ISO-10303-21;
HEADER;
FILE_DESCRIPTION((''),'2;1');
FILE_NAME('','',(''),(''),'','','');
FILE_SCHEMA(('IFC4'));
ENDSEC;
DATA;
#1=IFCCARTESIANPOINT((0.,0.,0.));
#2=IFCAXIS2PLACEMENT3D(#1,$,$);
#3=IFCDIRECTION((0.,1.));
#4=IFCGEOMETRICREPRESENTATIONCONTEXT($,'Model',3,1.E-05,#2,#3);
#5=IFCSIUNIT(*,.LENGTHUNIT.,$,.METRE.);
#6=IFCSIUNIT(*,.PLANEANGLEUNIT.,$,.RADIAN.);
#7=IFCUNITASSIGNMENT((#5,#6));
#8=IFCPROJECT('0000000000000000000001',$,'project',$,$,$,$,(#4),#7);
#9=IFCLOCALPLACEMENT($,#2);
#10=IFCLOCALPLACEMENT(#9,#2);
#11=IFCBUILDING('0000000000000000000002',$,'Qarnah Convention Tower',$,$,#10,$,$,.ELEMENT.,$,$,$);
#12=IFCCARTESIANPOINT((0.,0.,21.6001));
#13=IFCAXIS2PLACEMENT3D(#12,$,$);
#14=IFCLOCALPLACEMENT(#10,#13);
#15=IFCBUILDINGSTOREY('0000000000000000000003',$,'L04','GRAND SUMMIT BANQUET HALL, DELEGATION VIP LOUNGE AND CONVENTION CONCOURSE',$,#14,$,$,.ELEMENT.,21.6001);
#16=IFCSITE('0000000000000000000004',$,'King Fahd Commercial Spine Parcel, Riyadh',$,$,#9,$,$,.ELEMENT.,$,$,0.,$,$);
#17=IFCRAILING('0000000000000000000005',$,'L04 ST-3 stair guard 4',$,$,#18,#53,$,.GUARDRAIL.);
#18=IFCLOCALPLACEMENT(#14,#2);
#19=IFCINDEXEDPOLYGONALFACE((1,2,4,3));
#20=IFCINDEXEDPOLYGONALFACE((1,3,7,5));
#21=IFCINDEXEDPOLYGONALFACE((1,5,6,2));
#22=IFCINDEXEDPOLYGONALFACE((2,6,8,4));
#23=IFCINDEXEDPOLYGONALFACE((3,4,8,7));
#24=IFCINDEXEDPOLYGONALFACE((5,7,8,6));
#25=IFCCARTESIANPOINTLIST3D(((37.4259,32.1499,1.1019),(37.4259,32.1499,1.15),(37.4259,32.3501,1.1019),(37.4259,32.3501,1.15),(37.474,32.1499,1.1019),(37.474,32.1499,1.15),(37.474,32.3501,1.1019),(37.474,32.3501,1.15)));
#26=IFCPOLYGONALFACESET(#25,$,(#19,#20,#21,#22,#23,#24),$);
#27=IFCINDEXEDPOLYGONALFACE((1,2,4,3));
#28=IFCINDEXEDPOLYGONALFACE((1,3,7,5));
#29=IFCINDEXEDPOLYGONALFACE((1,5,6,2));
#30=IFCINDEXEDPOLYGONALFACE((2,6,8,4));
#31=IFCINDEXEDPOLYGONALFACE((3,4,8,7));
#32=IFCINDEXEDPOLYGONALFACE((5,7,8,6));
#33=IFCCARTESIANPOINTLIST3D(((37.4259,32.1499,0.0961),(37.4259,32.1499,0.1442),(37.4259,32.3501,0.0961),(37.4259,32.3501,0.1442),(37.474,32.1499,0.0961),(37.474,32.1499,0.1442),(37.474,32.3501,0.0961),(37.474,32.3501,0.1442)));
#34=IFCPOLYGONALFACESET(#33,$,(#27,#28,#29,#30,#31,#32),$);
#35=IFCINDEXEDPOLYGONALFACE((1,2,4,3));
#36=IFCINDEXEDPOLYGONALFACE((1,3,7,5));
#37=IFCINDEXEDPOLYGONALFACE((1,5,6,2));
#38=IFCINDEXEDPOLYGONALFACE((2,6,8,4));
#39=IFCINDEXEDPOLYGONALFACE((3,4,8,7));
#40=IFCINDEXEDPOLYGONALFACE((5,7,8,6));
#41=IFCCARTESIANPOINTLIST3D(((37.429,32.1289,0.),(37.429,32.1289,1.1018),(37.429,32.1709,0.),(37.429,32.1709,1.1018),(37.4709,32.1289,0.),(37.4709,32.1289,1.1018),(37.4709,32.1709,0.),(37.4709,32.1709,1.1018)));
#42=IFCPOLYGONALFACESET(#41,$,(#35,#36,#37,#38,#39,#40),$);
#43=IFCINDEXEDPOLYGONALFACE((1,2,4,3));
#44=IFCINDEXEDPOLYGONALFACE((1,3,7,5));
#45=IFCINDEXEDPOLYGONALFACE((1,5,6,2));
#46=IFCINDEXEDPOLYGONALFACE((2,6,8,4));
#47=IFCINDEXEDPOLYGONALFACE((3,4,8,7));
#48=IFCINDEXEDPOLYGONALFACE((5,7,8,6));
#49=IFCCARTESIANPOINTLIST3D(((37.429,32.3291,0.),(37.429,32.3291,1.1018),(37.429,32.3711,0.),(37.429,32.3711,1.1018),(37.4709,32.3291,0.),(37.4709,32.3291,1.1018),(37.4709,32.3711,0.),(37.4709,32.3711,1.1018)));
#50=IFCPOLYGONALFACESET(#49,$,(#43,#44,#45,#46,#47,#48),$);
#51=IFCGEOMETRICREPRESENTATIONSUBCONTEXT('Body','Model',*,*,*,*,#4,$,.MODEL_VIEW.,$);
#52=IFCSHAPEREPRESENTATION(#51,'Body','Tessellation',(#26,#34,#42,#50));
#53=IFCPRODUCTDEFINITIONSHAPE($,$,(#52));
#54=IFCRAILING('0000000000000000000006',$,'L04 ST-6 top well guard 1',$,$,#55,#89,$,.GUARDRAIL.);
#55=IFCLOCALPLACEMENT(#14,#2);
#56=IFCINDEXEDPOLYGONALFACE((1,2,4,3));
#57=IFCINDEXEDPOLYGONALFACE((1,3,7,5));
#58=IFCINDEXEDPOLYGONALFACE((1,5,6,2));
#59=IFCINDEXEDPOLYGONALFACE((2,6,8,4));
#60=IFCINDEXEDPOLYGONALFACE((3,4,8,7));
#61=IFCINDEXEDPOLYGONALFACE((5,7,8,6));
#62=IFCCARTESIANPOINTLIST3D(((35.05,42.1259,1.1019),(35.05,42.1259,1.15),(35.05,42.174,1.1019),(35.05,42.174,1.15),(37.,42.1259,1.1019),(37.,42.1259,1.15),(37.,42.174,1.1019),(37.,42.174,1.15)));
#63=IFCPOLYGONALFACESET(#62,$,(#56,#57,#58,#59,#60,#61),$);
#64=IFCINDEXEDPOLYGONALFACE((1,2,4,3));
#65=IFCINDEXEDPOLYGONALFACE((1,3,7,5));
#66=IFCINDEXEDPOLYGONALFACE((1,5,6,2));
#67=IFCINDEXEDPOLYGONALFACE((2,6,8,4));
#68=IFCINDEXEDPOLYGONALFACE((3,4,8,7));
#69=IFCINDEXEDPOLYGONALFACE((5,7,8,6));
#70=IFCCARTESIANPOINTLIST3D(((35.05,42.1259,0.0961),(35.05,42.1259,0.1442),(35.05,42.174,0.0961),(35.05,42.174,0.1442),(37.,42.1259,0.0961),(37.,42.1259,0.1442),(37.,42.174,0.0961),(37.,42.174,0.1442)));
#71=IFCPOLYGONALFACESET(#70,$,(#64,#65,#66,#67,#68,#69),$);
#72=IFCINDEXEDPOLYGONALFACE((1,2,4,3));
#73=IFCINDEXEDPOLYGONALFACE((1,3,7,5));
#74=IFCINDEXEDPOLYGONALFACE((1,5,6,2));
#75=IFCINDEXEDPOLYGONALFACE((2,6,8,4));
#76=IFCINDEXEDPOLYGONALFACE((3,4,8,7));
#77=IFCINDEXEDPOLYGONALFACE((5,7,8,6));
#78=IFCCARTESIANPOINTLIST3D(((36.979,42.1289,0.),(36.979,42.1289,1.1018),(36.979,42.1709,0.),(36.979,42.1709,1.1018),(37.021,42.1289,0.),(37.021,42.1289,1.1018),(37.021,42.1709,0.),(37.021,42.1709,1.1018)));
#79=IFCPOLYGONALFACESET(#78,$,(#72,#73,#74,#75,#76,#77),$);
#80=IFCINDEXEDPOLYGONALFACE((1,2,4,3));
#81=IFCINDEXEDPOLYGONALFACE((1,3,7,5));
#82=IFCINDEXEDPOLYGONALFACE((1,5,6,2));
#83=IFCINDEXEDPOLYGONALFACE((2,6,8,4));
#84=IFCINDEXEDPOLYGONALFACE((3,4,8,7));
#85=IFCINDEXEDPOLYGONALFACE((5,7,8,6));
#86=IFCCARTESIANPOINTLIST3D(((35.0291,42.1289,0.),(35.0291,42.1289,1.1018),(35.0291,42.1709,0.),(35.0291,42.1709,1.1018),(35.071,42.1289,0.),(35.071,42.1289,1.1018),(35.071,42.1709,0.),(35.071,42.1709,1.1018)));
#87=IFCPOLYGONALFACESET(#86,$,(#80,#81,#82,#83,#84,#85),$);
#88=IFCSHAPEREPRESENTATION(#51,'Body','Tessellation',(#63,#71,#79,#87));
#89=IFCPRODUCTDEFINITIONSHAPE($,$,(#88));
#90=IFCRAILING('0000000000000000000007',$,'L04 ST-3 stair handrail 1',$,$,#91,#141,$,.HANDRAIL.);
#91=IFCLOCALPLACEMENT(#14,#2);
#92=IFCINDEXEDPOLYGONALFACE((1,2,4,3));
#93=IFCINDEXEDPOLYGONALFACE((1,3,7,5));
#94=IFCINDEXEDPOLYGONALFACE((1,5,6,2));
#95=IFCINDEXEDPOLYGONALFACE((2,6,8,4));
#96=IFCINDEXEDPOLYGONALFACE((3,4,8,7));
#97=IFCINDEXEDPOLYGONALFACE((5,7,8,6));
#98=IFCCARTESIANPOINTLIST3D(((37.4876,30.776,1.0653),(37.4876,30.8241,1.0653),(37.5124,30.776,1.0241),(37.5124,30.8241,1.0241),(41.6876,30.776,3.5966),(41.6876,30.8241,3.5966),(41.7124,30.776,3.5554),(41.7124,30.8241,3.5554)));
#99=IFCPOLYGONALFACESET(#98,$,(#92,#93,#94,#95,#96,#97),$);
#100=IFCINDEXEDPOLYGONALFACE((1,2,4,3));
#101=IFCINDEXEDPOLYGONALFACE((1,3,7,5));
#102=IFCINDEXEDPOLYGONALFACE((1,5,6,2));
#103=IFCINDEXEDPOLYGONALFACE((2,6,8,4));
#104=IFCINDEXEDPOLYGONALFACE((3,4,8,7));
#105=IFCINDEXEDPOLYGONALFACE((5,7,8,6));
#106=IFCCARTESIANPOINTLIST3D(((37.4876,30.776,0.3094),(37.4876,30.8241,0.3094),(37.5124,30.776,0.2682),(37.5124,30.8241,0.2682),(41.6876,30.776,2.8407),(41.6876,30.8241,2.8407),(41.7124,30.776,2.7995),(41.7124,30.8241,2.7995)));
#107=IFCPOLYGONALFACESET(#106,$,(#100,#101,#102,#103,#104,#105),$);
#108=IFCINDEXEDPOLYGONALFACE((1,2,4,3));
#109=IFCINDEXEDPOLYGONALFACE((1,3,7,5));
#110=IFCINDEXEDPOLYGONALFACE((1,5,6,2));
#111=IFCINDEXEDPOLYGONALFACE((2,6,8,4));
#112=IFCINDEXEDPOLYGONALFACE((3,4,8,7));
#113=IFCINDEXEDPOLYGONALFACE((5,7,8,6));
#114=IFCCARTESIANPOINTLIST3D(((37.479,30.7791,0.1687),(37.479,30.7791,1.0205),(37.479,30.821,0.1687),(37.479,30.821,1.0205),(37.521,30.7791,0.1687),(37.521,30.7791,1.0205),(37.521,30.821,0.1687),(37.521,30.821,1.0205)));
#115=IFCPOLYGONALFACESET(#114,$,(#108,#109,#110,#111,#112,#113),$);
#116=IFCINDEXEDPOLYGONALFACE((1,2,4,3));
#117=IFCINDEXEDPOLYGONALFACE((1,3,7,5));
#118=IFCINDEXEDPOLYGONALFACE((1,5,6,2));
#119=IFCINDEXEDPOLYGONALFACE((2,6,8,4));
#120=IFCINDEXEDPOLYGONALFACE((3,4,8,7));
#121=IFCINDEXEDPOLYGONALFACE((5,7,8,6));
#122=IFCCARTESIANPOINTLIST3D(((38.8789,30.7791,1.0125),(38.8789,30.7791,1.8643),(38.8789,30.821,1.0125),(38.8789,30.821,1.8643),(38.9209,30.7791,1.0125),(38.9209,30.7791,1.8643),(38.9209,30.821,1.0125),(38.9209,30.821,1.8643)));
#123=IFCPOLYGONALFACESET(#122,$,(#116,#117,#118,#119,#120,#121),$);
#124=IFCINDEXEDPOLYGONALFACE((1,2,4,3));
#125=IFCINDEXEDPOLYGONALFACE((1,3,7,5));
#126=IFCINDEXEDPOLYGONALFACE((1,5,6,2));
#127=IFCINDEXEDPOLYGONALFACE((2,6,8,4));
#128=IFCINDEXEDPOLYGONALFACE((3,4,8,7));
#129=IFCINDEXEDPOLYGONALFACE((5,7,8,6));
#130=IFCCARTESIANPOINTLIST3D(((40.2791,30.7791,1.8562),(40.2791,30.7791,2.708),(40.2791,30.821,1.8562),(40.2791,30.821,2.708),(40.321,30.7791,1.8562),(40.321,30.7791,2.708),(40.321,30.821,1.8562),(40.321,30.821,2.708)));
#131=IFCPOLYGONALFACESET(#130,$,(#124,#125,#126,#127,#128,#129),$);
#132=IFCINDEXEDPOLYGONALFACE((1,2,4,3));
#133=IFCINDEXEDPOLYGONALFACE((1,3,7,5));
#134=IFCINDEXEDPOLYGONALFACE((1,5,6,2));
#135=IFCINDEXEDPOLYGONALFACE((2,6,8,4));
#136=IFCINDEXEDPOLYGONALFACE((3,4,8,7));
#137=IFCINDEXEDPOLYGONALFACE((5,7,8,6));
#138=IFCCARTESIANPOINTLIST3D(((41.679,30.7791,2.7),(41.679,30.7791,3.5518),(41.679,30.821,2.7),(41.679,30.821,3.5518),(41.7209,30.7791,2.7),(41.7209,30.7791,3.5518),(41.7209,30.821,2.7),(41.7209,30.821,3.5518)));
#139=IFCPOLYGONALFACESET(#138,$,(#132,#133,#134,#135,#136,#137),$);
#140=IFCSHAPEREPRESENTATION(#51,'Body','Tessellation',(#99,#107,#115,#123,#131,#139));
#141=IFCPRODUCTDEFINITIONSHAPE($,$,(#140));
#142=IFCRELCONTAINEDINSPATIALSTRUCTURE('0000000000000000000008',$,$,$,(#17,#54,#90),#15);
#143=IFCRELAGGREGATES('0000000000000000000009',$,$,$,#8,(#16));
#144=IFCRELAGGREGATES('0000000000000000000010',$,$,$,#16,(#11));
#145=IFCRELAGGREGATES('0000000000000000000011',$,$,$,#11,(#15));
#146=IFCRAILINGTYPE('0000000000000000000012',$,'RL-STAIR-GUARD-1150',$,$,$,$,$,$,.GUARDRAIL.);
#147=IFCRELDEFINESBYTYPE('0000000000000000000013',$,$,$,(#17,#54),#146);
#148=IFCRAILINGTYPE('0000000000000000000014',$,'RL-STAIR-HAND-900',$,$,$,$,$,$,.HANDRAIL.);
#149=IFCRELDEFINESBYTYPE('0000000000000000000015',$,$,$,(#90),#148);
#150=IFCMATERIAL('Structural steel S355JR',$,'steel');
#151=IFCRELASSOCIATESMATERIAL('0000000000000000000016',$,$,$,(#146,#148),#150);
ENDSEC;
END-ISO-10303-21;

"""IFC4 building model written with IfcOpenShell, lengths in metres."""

from ifc_helpers import new_model, si_unit, direction, frame, origin, origin_2d, place, context, subcontext, project, spatial, rectangle, extrude, material, type_object, element, save


model = new_model("IFC4")

# Units and contexts
model_context = context("Model", 3, precision=1e-05, world=origin(), true_north=direction((0.0, 1.0)))
body_context = subcontext(model_context, "Body", "Model", "MODEL_VIEW")
ifc_project = project(units=[si_unit("LENGTHUNIT", "METRE"), si_unit("PLANEANGLEUNIT", "RADIAN")], contexts=[model_context])

# Site, building, storey
site_placement = place(None, origin())
site = spatial("IfcSite", under=ifc_project, at=site_placement, Name="King Fahd Commercial Spine Parcel, Riyadh", CompositionType="ELEMENT", RefElevation=0.0)
building_placement = place(site_placement, origin())
building = spatial("IfcBuilding", under=site, at=building_placement, Name="Qarnah Convention Tower", CompositionType="ELEMENT")
storey_placement = place(building_placement, frame((0.0, 0.0, 21.6001)))
storey = spatial("IfcBuildingStorey", under=building, at=storey_placement, Name="L04", Description="GRAND SUMMIT BANQUET HALL, DELEGATION VIP LOUNGE AND CONVENTION CONCOURSE", CompositionType="ELEMENT", Elevation=21.6001)

# Shared definitions
ifc_material_1 = material(Name="Structural steel S355JR", Category="steel")

# Railings
railing_type_1 = type_object("IfcRailingType", Name="RL-STAIR-GUARD-1150", PredefinedType="GUARDRAIL", material=ifc_material_1)
railing_1_placement = place(storey_placement, frame((37.45, 32.1499, 0.0)))
element("IfcRailing", 1, at=railing_1_placement, inside=storey, type_object=railing_type_1, Name="L04 ST-3 stair guard 4", PredefinedType="GUARDRAIL", context=body_context, shape_type="SweptSolid", body=[
    extrude(rectangle(XDim=0.0481, YDim=0.0481, at=origin_2d()), frame((0.0, 0.0, 1.126), z_axis=(0.0, 1.0, 0.0), x_axis=(-1.0, 0.0, 0.0)), (0.0, 0.0, 1.0), 0.2002),
    extrude(rectangle(XDim=0.0481, YDim=0.0481, at=origin_2d()), frame((0.0, 0.0, 0.1201), z_axis=(0.0, 1.0, 0.0), x_axis=(-1.0, 0.0, 0.0)), (0.0, 0.0, 1.0), 0.2002),
    extrude(rectangle(XDim=0.042, YDim=0.042, at=origin_2d()), origin(), (0.0, 0.0, 1.0), 1.1018),
    extrude(rectangle(XDim=0.042, YDim=0.042, at=origin_2d()), frame((0.0, 0.2002, 0.0)), (0.0, 0.0, 1.0), 1.1018),
])
railing_2_placement = place(storey_placement, frame((37.0, 42.1499, 0.0)))
element("IfcRailing", 2, at=railing_2_placement, inside=storey, type_object=railing_type_1, Name="L04 ST-6 top well guard 1", PredefinedType="GUARDRAIL", context=body_context, shape_type="SweptSolid", body=[
    extrude(rectangle(XDim=0.0481, YDim=0.0481, at=origin_2d()), frame((0.0, 0.0, 1.126), z_axis=(-1.0, 0.0, 0.0), x_axis=(0.0, -1.0, 0.0)), (0.0, 0.0, 1.0), 1.95),
    extrude(rectangle(XDim=0.0481, YDim=0.0481, at=origin_2d()), frame((0.0, 0.0, 0.1201), z_axis=(-1.0, 0.0, 0.0), x_axis=(0.0, -1.0, 0.0)), (0.0, 0.0, 1.0), 1.95),
    extrude(rectangle(XDim=0.042, YDim=0.042, at=origin_2d()), origin(), (0.0, 0.0, 1.0), 1.1018),
    extrude(rectangle(XDim=0.042, YDim=0.042, at=origin_2d()), frame((-1.95, 0.0, 0.0)), (0.0, 0.0, 1.0), 1.1018),
])
railing_type_2 = type_object("IfcRailingType", Name="RL-STAIR-HAND-900", PredefinedType="HANDRAIL", material=ifc_material_1)
railing_3_placement = place(storey_placement, frame((37.5, 30.8, 0.1687)))
element("IfcRailing", 3, at=railing_3_placement, inside=storey, type_object=railing_type_2, Name="L04 ST-3 stair handrail 1", PredefinedType="HANDRAIL", context=body_context, shape_type="SweptSolid", body=[
    extrude(rectangle(XDim=0.0481, YDim=0.0481, at=origin_2d()), frame((0.0, 0.0, 0.876), z_axis=(0.856476, 0.0, 0.516186), x_axis=(0.0, 1.0, 0.0)), (0.0, 0.0, 1.0), 4.9038),
    extrude(rectangle(XDim=0.0481, YDim=0.0481, at=origin_2d()), frame((0.0, 0.0, 0.1201), z_axis=(0.856476, 0.0, 0.516186), x_axis=(0.0, 1.0, 0.0)), (0.0, 0.0, 1.0), 4.9038),
    extrude(rectangle(XDim=0.042, YDim=0.042, at=origin_2d()), origin(), (0.0, 0.0, 1.0), 0.8518),
    extrude(rectangle(XDim=0.042, YDim=0.042, at=origin_2d()), frame((1.3999, 0.0, 0.8438)), (0.0, 0.0, 1.0), 0.8518),
    extrude(rectangle(XDim=0.042, YDim=0.042, at=origin_2d()), frame((2.8, 0.0, 1.6875)), (0.0, 0.0, 1.0), 0.8518),
    extrude(rectangle(XDim=0.042, YDim=0.042, at=origin_2d()), frame((4.2, 0.0, 2.5312)), (0.0, 0.0, 1.0), 0.8518),
])

save(model, "model.ifc")
